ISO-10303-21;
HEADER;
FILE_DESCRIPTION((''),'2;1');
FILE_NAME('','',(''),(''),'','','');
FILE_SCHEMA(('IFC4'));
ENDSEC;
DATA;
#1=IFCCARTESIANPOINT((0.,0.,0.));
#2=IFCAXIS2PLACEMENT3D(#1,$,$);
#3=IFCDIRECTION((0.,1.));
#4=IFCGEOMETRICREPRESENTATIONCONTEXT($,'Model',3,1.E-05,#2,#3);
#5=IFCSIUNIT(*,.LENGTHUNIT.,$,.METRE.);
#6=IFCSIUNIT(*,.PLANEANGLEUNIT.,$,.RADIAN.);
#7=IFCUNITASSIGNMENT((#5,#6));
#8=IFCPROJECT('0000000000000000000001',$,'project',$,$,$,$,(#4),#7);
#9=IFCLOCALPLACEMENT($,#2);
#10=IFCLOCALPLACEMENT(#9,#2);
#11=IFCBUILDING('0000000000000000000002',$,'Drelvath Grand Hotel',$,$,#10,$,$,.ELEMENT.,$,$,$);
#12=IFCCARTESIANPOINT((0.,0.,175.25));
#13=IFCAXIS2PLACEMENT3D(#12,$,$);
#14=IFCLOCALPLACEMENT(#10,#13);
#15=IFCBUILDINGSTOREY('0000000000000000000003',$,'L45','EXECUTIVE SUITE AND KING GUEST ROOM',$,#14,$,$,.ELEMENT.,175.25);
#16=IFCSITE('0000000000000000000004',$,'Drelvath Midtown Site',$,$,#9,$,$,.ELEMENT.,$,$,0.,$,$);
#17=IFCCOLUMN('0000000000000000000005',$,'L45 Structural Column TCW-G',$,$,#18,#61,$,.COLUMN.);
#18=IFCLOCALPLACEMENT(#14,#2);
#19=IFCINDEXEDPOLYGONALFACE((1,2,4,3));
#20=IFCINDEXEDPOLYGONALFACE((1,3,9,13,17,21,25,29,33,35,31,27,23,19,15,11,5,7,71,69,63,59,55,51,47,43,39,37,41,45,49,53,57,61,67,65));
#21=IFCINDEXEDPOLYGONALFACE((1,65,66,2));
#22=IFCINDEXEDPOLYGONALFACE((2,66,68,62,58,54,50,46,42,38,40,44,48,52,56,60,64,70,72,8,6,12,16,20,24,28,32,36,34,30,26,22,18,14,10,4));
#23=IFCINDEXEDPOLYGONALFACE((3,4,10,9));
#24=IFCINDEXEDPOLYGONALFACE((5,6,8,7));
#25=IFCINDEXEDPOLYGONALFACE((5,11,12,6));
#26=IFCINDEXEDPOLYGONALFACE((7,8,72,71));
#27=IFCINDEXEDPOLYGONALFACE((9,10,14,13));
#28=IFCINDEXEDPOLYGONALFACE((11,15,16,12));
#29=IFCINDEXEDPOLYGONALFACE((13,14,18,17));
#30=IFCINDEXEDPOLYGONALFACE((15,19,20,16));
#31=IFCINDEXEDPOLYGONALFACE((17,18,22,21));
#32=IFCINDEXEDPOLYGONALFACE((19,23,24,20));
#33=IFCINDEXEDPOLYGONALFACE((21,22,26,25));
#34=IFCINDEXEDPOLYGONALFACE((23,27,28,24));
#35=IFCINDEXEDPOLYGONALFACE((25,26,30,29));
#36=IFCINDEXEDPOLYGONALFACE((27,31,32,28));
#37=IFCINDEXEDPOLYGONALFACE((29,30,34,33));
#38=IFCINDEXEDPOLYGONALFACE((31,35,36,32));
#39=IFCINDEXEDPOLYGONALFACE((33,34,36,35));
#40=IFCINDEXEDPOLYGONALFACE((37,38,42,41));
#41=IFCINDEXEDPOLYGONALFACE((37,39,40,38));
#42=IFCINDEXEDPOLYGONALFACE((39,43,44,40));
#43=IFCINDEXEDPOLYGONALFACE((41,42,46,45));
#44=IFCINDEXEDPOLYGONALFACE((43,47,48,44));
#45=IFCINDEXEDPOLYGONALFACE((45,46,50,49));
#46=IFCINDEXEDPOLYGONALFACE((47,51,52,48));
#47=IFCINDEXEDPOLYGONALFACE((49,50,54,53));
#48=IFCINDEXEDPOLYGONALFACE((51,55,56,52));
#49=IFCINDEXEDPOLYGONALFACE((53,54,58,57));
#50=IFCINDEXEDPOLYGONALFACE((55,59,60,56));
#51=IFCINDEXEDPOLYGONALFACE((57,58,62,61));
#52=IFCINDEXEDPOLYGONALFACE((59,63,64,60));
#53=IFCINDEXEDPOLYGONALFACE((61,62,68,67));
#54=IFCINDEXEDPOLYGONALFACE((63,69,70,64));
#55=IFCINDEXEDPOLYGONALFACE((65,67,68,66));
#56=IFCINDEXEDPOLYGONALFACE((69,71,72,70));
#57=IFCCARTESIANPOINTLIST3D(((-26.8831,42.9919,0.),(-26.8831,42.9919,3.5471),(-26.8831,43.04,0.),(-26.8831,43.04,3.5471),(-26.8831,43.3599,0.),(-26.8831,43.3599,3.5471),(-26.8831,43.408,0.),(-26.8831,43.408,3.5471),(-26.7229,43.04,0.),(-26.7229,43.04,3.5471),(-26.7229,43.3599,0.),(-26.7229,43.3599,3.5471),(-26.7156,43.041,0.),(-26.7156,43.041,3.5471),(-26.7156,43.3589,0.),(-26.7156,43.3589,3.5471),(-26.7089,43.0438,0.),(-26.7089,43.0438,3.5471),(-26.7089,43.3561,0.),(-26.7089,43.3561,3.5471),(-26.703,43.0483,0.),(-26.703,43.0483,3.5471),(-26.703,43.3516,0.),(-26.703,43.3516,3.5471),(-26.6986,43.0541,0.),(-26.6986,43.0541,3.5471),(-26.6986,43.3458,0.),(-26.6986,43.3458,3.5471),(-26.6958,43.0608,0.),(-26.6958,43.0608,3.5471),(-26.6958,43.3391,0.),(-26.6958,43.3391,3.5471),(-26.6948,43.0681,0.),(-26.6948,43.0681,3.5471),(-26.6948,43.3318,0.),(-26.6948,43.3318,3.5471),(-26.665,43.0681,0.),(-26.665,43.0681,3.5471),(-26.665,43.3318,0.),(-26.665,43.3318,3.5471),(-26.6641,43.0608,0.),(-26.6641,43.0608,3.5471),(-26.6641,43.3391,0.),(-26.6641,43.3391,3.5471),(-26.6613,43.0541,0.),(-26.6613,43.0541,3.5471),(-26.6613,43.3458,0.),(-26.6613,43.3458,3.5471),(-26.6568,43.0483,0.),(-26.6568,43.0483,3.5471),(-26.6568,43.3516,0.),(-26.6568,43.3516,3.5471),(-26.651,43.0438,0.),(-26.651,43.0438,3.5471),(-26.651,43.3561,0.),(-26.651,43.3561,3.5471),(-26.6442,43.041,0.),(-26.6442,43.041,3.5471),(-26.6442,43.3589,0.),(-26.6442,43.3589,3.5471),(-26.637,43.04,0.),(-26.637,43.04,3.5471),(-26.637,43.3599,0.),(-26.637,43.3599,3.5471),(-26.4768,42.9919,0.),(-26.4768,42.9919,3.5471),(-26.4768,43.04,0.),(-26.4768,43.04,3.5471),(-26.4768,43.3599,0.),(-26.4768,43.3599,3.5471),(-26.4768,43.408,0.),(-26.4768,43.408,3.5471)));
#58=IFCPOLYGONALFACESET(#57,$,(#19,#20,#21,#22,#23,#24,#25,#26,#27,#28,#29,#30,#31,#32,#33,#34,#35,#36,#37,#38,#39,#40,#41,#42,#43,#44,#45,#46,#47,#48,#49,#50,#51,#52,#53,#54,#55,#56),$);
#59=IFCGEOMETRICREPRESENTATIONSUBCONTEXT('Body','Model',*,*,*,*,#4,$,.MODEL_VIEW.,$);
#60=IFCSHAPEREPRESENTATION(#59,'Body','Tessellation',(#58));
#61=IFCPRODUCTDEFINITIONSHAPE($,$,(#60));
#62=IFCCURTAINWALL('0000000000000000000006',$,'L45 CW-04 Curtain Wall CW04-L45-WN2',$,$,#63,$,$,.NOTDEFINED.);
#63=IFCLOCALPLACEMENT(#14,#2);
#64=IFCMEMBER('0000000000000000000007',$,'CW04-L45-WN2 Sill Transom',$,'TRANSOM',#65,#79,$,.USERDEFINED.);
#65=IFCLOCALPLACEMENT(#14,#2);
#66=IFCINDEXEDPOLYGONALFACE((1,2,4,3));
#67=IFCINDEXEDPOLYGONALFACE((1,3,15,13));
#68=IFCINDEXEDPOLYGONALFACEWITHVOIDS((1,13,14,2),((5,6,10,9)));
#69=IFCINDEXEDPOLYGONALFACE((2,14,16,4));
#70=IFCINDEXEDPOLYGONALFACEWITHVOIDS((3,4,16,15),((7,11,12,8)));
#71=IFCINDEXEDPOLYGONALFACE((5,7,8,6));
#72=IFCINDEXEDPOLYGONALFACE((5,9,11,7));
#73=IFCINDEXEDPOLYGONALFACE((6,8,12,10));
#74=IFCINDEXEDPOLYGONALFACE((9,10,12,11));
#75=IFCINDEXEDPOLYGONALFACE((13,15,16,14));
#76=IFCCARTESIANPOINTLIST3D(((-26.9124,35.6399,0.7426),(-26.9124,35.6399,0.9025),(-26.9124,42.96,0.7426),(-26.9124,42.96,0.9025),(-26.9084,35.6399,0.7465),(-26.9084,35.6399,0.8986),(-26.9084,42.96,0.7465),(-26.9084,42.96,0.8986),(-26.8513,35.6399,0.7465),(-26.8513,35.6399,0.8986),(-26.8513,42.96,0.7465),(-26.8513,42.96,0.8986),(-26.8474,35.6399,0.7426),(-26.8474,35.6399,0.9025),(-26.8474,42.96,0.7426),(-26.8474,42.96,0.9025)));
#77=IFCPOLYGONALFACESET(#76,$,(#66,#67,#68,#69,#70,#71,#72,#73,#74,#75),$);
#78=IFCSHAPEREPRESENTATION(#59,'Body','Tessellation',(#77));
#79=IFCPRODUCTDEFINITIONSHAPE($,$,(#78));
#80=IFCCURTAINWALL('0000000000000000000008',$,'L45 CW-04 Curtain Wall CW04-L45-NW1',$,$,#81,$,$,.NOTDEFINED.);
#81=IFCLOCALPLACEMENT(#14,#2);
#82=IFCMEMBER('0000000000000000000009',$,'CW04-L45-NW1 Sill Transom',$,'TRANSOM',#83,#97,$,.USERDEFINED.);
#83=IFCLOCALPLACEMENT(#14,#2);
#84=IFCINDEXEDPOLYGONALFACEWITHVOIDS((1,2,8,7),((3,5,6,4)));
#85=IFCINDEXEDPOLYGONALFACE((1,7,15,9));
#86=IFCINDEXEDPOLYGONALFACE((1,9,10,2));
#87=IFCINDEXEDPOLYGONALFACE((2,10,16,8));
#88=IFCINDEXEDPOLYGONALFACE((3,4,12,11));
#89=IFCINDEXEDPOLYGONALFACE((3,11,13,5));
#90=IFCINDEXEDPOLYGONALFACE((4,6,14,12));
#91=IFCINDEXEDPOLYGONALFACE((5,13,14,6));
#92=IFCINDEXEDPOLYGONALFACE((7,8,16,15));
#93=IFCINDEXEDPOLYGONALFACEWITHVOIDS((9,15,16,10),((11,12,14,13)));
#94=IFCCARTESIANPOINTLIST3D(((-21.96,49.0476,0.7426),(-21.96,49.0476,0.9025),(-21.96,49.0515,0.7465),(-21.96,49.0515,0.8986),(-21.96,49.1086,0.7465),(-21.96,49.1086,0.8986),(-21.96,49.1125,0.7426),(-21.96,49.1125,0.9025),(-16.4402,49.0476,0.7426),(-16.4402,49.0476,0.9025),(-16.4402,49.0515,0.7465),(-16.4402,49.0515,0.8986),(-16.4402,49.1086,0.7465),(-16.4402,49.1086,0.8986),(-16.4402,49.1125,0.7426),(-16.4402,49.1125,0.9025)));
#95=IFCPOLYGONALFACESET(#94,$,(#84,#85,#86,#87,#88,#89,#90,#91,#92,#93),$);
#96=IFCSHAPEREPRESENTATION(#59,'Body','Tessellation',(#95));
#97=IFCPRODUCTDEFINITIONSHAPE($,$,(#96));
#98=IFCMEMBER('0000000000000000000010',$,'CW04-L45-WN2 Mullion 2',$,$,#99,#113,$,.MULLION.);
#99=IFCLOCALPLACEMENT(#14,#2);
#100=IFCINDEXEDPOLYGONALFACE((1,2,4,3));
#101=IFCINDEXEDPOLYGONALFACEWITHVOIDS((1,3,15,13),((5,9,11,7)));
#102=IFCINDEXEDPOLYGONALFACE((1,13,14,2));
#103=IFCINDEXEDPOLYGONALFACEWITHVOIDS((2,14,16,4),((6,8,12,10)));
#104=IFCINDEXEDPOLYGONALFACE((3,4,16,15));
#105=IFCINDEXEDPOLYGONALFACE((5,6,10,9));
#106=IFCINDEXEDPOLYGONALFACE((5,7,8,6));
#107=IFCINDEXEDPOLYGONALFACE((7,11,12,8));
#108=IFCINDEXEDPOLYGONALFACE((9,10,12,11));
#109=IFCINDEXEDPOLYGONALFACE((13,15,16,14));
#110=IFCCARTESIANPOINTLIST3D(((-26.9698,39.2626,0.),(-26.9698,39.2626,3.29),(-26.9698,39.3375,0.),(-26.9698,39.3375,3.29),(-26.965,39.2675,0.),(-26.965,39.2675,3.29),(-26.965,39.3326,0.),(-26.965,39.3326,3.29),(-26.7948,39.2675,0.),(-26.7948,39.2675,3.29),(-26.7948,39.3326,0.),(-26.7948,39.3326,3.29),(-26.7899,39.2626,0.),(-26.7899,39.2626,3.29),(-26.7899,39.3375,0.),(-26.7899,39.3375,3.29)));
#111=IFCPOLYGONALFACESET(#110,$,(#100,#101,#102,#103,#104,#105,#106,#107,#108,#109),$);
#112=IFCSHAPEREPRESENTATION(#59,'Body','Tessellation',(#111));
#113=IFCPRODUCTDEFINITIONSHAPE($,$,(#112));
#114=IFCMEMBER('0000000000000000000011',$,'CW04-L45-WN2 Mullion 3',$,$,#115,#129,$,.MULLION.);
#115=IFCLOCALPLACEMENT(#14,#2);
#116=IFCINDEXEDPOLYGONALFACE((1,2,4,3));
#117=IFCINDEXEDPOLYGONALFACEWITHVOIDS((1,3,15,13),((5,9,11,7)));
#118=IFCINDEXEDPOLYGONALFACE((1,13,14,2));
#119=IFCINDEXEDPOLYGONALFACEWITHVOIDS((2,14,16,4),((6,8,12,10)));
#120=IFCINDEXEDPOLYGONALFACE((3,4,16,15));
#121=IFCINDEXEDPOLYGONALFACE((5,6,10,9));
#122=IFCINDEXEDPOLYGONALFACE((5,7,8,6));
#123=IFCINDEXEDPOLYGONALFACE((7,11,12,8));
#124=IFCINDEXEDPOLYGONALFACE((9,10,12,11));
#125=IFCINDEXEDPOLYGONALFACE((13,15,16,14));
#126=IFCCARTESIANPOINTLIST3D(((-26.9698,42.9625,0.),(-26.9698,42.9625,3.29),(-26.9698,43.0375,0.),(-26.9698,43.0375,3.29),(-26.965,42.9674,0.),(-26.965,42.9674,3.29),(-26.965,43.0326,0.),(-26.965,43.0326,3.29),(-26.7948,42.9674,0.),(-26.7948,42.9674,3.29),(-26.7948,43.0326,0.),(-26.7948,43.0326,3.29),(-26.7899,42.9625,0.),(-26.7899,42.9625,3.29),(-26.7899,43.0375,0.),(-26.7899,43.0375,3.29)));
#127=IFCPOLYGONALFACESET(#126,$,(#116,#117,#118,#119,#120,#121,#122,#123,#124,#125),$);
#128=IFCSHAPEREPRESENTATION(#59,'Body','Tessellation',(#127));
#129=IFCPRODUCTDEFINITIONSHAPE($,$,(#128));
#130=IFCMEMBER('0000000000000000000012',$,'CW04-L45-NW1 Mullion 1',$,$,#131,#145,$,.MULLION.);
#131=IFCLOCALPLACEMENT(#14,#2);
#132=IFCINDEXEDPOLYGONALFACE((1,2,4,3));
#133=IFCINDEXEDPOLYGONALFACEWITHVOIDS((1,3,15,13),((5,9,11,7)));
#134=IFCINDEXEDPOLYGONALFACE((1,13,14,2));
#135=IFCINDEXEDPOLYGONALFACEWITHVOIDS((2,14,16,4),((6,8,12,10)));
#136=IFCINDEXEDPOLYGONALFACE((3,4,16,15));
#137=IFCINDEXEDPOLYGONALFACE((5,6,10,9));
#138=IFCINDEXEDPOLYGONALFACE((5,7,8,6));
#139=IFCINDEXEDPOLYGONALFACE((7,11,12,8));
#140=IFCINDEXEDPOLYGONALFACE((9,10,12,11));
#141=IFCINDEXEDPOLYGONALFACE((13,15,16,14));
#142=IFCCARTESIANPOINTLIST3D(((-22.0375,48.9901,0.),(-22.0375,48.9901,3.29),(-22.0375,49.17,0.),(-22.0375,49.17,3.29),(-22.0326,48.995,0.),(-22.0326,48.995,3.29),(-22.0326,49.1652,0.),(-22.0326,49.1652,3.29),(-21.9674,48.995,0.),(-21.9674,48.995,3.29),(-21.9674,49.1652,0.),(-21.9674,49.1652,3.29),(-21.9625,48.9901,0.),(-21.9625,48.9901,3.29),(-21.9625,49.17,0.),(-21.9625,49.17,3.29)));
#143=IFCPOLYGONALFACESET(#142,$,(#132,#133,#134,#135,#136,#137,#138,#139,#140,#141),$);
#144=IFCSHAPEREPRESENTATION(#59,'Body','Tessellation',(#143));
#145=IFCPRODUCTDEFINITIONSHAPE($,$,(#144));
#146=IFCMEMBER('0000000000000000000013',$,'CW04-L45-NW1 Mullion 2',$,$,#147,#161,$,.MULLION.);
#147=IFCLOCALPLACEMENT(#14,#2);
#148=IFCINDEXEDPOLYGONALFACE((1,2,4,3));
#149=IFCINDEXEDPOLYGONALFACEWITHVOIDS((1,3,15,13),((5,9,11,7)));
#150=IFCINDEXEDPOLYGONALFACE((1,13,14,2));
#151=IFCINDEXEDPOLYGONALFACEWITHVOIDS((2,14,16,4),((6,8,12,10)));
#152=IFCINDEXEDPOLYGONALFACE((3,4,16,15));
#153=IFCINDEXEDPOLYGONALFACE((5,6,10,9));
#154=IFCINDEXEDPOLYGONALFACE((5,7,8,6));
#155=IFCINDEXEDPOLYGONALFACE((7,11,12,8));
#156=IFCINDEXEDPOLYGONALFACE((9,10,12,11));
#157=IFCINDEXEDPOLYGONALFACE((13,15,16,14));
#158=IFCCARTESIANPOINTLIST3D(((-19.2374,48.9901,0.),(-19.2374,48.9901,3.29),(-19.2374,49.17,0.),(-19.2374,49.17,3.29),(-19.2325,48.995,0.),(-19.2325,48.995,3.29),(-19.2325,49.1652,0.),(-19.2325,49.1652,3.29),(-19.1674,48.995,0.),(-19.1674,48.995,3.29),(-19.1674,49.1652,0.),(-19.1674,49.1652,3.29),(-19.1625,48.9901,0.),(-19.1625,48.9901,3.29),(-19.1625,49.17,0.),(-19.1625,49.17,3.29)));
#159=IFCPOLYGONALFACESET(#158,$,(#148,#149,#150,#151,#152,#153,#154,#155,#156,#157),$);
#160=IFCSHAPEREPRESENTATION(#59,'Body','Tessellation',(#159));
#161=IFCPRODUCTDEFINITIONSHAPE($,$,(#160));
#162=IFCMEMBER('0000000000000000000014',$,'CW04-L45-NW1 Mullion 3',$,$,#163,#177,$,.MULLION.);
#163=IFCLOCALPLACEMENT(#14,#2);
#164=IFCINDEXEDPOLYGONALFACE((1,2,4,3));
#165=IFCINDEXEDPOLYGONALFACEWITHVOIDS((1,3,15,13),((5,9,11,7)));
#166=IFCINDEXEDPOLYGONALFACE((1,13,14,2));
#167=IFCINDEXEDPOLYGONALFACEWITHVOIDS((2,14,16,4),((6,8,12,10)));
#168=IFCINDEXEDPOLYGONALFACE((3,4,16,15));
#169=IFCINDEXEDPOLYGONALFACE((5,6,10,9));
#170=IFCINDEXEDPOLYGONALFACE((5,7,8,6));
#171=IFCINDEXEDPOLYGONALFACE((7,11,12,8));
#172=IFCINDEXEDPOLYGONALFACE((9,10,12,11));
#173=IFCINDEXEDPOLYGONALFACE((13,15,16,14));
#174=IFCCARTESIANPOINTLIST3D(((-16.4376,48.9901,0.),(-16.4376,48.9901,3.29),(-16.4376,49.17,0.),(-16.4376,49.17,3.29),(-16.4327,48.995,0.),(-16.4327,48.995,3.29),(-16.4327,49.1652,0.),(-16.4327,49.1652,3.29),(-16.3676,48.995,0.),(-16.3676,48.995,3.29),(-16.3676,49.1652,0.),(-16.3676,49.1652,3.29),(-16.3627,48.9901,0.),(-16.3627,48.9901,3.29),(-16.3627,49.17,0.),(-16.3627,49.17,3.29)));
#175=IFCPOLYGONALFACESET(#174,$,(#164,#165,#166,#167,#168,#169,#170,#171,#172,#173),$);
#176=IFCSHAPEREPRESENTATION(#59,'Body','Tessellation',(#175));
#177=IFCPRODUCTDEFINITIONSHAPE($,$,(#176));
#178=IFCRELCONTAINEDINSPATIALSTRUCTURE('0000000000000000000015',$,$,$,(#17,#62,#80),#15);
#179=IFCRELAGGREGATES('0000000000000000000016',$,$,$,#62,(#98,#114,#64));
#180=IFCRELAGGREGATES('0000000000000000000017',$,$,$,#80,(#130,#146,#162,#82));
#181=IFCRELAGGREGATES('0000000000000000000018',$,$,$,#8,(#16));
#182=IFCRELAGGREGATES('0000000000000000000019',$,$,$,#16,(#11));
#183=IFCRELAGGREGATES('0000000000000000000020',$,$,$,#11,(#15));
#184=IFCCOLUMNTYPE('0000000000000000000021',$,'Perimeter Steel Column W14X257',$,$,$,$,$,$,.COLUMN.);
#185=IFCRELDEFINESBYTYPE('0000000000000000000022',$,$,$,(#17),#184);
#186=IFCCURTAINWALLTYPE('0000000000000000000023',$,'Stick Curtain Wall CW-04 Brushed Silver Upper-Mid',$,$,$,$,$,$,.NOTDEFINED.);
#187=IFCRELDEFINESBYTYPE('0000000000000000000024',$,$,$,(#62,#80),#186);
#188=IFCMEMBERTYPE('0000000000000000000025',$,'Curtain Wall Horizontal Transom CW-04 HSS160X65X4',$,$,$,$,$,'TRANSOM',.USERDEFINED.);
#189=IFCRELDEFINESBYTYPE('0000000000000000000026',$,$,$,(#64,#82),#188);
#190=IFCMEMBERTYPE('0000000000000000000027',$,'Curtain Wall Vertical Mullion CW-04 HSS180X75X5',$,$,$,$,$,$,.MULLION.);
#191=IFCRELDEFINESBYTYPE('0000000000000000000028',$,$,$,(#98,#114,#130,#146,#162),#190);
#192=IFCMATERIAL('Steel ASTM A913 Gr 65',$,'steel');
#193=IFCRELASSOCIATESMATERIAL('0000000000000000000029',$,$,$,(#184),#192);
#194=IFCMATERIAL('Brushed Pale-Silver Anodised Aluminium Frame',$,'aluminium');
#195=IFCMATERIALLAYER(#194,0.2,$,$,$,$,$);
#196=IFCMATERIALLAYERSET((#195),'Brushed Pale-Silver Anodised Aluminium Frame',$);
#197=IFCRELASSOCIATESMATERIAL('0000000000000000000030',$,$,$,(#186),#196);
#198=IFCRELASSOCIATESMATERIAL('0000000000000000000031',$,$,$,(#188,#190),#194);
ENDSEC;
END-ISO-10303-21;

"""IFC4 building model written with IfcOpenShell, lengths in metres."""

from ifc_helpers import new_model, si_unit, direction, frame, origin, origin_2d, place, context, subcontext, project, spatial, hollow_rectangle, i_section, extrude, material, layer, layer_set, material_profile, profile_set, type_object, element, aggregate, save


model = new_model("IFC4")

# Units and contexts
model_context = context("Model", 3, precision=1e-05, world=origin(), true_north=direction((0.0, 1.0)))
body_context = subcontext(model_context, "Body", "Model", "MODEL_VIEW")
ifc_project = project(units=[si_unit("LENGTHUNIT", "METRE"), si_unit("PLANEANGLEUNIT", "RADIAN")], contexts=[model_context])

# Site, building, storey
site_placement = place(None, origin())
site = spatial("IfcSite", under=ifc_project, at=site_placement, Name="Drelvath Midtown Site", CompositionType="ELEMENT", RefElevation=0.0)
building_placement = place(site_placement, origin())
building = spatial("IfcBuilding", under=site, at=building_placement, Name="Drelvath Grand Hotel", CompositionType="ELEMENT")
storey_placement = place(building_placement, frame((0.0, 0.0, 175.25)))
storey = spatial("IfcBuildingStorey", under=building, at=storey_placement, Name="L45", Description="EXECUTIVE SUITE AND KING GUEST ROOM", CompositionType="ELEMENT", Elevation=175.25)

# Column
ifc_material_1 = material(Name="Steel ASTM A913 Gr 65", Category="steel")
ifc_material_profile_1 = material_profile(ifc_material_1, i_section(OverallWidth=0.4062, OverallDepth=0.416, WebThickness=0.0298, FlangeThickness=0.0481, FilletRadius=0.0281, at=origin_2d()), Name="W14X257")
ifc_profile_set_1 = profile_set([ifc_material_profile_1], Name="Steel ASTM A913 Gr 65")
column_type = type_object("IfcColumnType", Name="Perimeter Steel Column W14X257", PredefinedType="COLUMN", material=ifc_profile_set_1)
column_placement = place(storey_placement, frame((-26.6799, 43.2, 0.0), z_axis=(0.0, 0.0, 1.0), x_axis=(1.0, 0.0, 0.0)))
element("IfcColumn", 1, at=column_placement, inside=storey, type_object=column_type, Name="L45 Structural Column TCW-G", PredefinedType="COLUMN", context=body_context, shape_type="SweptSolid", body=[
    extrude(i_section(OverallWidth=0.4062, OverallDepth=0.416, WebThickness=0.0298, FlangeThickness=0.0481, FilletRadius=0.0281, at=origin_2d()), origin(), (0.0, 0.0, 1.0), 3.5471),
])

# Curtain walls, members
ifc_material_2 = material(Name="Brushed Pale-Silver Anodised Aluminium Frame", Category="aluminium")
ifc_layer_1 = layer(ifc_material_2, 0.2)
ifc_layer_set_1 = layer_set([ifc_layer_1], Name="Brushed Pale-Silver Anodised Aluminium Frame")
curtain_wall_type = type_object("IfcCurtainWallType", Name="Stick Curtain Wall CW-04 Brushed Silver Upper-Mid", PredefinedType="NOTDEFINED", material=ifc_layer_set_1)
curtain_wall_1_placement = place(storey_placement, origin())
curtain_wall_1 = element("IfcCurtainWall", 2, at=curtain_wall_1_placement, inside=storey, type_object=curtain_wall_type, Name="L45 CW-04 Curtain Wall CW04-L45-WN2", PredefinedType="NOTDEFINED")
ifc_material_profile_2 = material_profile(ifc_material_2, hollow_rectangle(XDim=0.0649, YDim=0.1599, WallThickness=0.0039, at=origin_2d()), Name="HSS160X65X4")
ifc_profile_set_2 = profile_set([ifc_material_profile_2], Name="Brushed Pale-Silver Anodised Aluminium Frame")
member_type_1 = type_object("IfcMemberType", Name="Curtain Wall Horizontal Transom CW-04 HSS160X65X4", ElementType="TRANSOM", PredefinedType="USERDEFINED", material=ifc_profile_set_2)
member_1_placement = place(storey_placement, frame((-26.8799, 35.6399, 0.8225), z_axis=(0.0, 1.0, 0.0), x_axis=(-1.0, 0.0, 0.0)))
member_1 = element("IfcMember", 3, at=member_1_placement, type_object=member_type_1, Name="CW04-L45-WN2 Sill Transom", ObjectType="TRANSOM", PredefinedType="USERDEFINED", context=body_context, shape_type="SweptSolid", body=[
    extrude(hollow_rectangle(XDim=0.0649, YDim=0.1599, WallThickness=0.0039, at=origin_2d()), origin(), (0.0, 0.0, 1.0), 7.3201),
])
curtain_wall_2_placement = place(storey_placement, origin())
curtain_wall_2 = element("IfcCurtainWall", 4, at=curtain_wall_2_placement, inside=storey, type_object=curtain_wall_type, Name="L45 CW-04 Curtain Wall CW04-L45-NW1", PredefinedType="NOTDEFINED")
member_2_placement = place(storey_placement, frame((-21.96, 49.0801, 0.8225), z_axis=(1.0, 0.0, 0.0), x_axis=(0.0, 1.0, 0.0)))
member_2 = element("IfcMember", 5, at=member_2_placement, type_object=member_type_1, Name="CW04-L45-NW1 Sill Transom", ObjectType="TRANSOM", PredefinedType="USERDEFINED", context=body_context, shape_type="SweptSolid", body=[
    extrude(hollow_rectangle(XDim=0.0649, YDim=0.1599, WallThickness=0.0039, at=origin_2d()), origin(), (0.0, 0.0, 1.0), 5.5198),
])

# Members
ifc_material_profile_3 = material_profile(ifc_material_2, hollow_rectangle(XDim=0.075, YDim=0.1799, WallThickness=0.0049, at=origin_2d()), Name="HSS180X75X5")
ifc_profile_set_3 = profile_set([ifc_material_profile_3], Name="Brushed Pale-Silver Anodised Aluminium Frame")
member_type_2 = type_object("IfcMemberType", Name="Curtain Wall Vertical Mullion CW-04 HSS180X75X5", PredefinedType="MULLION", material=ifc_profile_set_3)
member_3_placement = place(storey_placement, frame((-26.8799, 39.3, 0.0), z_axis=(0.0, 0.0, 1.0), x_axis=(0.0, 1.0, 0.0)))
member_3 = element("IfcMember", 6, at=member_3_placement, type_object=member_type_2, Name="CW04-L45-WN2 Mullion 2", PredefinedType="MULLION", context=body_context, shape_type="SweptSolid", body=[
    extrude(hollow_rectangle(XDim=0.075, YDim=0.1799, WallThickness=0.0049, at=origin_2d()), origin(), (0.0, 0.0, 1.0), 3.29),
])
member_4_placement = place(storey_placement, frame((-26.8799, 43.0, 0.0), z_axis=(0.0, 0.0, 1.0), x_axis=(0.0, 1.0, 0.0)))
member_4 = element("IfcMember", 7, at=member_4_placement, type_object=member_type_2, Name="CW04-L45-WN2 Mullion 3", PredefinedType="MULLION", context=body_context, shape_type="SweptSolid", body=[
    extrude(hollow_rectangle(XDim=0.075, YDim=0.1799, WallThickness=0.0049, at=origin_2d()), origin(), (0.0, 0.0, 1.0), 3.29),
])
member_5_placement = place(storey_placement, frame((-22.0, 49.0801, 0.0), z_axis=(0.0, 0.0, 1.0), x_axis=(1.0, 0.0, 0.0)))
member_5 = element("IfcMember", 8, at=member_5_placement, type_object=member_type_2, Name="CW04-L45-NW1 Mullion 1", PredefinedType="MULLION", context=body_context, shape_type="SweptSolid", body=[
    extrude(hollow_rectangle(XDim=0.075, YDim=0.1799, WallThickness=0.0049, at=origin_2d()), origin(), (0.0, 0.0, 1.0), 3.29),
])
member_6_placement = place(storey_placement, frame((-19.2, 49.0801, 0.0), z_axis=(0.0, 0.0, 1.0), x_axis=(1.0, 0.0, 0.0)))
member_6 = element("IfcMember", 9, at=member_6_placement, type_object=member_type_2, Name="CW04-L45-NW1 Mullion 2", PredefinedType="MULLION", context=body_context, shape_type="SweptSolid", body=[
    extrude(hollow_rectangle(XDim=0.075, YDim=0.1799, WallThickness=0.0049, at=origin_2d()), origin(), (0.0, 0.0, 1.0), 3.29),
])
member_7_placement = place(storey_placement, frame((-16.4001, 49.0801, 0.0), z_axis=(0.0, 0.0, 1.0), x_axis=(1.0, 0.0, 0.0)))
member_7 = element("IfcMember", 10, at=member_7_placement, type_object=member_type_2, Name="CW04-L45-NW1 Mullion 3", PredefinedType="MULLION", context=body_context, shape_type="SweptSolid", body=[
    extrude(hollow_rectangle(XDim=0.075, YDim=0.1799, WallThickness=0.0049, at=origin_2d()), origin(), (0.0, 0.0, 1.0), 3.29),
])

aggregate(curtain_wall_1, [member_3, member_4, member_1])
aggregate(curtain_wall_2, [member_5, member_6, member_7, member_2])

save(model, "model.ifc")
